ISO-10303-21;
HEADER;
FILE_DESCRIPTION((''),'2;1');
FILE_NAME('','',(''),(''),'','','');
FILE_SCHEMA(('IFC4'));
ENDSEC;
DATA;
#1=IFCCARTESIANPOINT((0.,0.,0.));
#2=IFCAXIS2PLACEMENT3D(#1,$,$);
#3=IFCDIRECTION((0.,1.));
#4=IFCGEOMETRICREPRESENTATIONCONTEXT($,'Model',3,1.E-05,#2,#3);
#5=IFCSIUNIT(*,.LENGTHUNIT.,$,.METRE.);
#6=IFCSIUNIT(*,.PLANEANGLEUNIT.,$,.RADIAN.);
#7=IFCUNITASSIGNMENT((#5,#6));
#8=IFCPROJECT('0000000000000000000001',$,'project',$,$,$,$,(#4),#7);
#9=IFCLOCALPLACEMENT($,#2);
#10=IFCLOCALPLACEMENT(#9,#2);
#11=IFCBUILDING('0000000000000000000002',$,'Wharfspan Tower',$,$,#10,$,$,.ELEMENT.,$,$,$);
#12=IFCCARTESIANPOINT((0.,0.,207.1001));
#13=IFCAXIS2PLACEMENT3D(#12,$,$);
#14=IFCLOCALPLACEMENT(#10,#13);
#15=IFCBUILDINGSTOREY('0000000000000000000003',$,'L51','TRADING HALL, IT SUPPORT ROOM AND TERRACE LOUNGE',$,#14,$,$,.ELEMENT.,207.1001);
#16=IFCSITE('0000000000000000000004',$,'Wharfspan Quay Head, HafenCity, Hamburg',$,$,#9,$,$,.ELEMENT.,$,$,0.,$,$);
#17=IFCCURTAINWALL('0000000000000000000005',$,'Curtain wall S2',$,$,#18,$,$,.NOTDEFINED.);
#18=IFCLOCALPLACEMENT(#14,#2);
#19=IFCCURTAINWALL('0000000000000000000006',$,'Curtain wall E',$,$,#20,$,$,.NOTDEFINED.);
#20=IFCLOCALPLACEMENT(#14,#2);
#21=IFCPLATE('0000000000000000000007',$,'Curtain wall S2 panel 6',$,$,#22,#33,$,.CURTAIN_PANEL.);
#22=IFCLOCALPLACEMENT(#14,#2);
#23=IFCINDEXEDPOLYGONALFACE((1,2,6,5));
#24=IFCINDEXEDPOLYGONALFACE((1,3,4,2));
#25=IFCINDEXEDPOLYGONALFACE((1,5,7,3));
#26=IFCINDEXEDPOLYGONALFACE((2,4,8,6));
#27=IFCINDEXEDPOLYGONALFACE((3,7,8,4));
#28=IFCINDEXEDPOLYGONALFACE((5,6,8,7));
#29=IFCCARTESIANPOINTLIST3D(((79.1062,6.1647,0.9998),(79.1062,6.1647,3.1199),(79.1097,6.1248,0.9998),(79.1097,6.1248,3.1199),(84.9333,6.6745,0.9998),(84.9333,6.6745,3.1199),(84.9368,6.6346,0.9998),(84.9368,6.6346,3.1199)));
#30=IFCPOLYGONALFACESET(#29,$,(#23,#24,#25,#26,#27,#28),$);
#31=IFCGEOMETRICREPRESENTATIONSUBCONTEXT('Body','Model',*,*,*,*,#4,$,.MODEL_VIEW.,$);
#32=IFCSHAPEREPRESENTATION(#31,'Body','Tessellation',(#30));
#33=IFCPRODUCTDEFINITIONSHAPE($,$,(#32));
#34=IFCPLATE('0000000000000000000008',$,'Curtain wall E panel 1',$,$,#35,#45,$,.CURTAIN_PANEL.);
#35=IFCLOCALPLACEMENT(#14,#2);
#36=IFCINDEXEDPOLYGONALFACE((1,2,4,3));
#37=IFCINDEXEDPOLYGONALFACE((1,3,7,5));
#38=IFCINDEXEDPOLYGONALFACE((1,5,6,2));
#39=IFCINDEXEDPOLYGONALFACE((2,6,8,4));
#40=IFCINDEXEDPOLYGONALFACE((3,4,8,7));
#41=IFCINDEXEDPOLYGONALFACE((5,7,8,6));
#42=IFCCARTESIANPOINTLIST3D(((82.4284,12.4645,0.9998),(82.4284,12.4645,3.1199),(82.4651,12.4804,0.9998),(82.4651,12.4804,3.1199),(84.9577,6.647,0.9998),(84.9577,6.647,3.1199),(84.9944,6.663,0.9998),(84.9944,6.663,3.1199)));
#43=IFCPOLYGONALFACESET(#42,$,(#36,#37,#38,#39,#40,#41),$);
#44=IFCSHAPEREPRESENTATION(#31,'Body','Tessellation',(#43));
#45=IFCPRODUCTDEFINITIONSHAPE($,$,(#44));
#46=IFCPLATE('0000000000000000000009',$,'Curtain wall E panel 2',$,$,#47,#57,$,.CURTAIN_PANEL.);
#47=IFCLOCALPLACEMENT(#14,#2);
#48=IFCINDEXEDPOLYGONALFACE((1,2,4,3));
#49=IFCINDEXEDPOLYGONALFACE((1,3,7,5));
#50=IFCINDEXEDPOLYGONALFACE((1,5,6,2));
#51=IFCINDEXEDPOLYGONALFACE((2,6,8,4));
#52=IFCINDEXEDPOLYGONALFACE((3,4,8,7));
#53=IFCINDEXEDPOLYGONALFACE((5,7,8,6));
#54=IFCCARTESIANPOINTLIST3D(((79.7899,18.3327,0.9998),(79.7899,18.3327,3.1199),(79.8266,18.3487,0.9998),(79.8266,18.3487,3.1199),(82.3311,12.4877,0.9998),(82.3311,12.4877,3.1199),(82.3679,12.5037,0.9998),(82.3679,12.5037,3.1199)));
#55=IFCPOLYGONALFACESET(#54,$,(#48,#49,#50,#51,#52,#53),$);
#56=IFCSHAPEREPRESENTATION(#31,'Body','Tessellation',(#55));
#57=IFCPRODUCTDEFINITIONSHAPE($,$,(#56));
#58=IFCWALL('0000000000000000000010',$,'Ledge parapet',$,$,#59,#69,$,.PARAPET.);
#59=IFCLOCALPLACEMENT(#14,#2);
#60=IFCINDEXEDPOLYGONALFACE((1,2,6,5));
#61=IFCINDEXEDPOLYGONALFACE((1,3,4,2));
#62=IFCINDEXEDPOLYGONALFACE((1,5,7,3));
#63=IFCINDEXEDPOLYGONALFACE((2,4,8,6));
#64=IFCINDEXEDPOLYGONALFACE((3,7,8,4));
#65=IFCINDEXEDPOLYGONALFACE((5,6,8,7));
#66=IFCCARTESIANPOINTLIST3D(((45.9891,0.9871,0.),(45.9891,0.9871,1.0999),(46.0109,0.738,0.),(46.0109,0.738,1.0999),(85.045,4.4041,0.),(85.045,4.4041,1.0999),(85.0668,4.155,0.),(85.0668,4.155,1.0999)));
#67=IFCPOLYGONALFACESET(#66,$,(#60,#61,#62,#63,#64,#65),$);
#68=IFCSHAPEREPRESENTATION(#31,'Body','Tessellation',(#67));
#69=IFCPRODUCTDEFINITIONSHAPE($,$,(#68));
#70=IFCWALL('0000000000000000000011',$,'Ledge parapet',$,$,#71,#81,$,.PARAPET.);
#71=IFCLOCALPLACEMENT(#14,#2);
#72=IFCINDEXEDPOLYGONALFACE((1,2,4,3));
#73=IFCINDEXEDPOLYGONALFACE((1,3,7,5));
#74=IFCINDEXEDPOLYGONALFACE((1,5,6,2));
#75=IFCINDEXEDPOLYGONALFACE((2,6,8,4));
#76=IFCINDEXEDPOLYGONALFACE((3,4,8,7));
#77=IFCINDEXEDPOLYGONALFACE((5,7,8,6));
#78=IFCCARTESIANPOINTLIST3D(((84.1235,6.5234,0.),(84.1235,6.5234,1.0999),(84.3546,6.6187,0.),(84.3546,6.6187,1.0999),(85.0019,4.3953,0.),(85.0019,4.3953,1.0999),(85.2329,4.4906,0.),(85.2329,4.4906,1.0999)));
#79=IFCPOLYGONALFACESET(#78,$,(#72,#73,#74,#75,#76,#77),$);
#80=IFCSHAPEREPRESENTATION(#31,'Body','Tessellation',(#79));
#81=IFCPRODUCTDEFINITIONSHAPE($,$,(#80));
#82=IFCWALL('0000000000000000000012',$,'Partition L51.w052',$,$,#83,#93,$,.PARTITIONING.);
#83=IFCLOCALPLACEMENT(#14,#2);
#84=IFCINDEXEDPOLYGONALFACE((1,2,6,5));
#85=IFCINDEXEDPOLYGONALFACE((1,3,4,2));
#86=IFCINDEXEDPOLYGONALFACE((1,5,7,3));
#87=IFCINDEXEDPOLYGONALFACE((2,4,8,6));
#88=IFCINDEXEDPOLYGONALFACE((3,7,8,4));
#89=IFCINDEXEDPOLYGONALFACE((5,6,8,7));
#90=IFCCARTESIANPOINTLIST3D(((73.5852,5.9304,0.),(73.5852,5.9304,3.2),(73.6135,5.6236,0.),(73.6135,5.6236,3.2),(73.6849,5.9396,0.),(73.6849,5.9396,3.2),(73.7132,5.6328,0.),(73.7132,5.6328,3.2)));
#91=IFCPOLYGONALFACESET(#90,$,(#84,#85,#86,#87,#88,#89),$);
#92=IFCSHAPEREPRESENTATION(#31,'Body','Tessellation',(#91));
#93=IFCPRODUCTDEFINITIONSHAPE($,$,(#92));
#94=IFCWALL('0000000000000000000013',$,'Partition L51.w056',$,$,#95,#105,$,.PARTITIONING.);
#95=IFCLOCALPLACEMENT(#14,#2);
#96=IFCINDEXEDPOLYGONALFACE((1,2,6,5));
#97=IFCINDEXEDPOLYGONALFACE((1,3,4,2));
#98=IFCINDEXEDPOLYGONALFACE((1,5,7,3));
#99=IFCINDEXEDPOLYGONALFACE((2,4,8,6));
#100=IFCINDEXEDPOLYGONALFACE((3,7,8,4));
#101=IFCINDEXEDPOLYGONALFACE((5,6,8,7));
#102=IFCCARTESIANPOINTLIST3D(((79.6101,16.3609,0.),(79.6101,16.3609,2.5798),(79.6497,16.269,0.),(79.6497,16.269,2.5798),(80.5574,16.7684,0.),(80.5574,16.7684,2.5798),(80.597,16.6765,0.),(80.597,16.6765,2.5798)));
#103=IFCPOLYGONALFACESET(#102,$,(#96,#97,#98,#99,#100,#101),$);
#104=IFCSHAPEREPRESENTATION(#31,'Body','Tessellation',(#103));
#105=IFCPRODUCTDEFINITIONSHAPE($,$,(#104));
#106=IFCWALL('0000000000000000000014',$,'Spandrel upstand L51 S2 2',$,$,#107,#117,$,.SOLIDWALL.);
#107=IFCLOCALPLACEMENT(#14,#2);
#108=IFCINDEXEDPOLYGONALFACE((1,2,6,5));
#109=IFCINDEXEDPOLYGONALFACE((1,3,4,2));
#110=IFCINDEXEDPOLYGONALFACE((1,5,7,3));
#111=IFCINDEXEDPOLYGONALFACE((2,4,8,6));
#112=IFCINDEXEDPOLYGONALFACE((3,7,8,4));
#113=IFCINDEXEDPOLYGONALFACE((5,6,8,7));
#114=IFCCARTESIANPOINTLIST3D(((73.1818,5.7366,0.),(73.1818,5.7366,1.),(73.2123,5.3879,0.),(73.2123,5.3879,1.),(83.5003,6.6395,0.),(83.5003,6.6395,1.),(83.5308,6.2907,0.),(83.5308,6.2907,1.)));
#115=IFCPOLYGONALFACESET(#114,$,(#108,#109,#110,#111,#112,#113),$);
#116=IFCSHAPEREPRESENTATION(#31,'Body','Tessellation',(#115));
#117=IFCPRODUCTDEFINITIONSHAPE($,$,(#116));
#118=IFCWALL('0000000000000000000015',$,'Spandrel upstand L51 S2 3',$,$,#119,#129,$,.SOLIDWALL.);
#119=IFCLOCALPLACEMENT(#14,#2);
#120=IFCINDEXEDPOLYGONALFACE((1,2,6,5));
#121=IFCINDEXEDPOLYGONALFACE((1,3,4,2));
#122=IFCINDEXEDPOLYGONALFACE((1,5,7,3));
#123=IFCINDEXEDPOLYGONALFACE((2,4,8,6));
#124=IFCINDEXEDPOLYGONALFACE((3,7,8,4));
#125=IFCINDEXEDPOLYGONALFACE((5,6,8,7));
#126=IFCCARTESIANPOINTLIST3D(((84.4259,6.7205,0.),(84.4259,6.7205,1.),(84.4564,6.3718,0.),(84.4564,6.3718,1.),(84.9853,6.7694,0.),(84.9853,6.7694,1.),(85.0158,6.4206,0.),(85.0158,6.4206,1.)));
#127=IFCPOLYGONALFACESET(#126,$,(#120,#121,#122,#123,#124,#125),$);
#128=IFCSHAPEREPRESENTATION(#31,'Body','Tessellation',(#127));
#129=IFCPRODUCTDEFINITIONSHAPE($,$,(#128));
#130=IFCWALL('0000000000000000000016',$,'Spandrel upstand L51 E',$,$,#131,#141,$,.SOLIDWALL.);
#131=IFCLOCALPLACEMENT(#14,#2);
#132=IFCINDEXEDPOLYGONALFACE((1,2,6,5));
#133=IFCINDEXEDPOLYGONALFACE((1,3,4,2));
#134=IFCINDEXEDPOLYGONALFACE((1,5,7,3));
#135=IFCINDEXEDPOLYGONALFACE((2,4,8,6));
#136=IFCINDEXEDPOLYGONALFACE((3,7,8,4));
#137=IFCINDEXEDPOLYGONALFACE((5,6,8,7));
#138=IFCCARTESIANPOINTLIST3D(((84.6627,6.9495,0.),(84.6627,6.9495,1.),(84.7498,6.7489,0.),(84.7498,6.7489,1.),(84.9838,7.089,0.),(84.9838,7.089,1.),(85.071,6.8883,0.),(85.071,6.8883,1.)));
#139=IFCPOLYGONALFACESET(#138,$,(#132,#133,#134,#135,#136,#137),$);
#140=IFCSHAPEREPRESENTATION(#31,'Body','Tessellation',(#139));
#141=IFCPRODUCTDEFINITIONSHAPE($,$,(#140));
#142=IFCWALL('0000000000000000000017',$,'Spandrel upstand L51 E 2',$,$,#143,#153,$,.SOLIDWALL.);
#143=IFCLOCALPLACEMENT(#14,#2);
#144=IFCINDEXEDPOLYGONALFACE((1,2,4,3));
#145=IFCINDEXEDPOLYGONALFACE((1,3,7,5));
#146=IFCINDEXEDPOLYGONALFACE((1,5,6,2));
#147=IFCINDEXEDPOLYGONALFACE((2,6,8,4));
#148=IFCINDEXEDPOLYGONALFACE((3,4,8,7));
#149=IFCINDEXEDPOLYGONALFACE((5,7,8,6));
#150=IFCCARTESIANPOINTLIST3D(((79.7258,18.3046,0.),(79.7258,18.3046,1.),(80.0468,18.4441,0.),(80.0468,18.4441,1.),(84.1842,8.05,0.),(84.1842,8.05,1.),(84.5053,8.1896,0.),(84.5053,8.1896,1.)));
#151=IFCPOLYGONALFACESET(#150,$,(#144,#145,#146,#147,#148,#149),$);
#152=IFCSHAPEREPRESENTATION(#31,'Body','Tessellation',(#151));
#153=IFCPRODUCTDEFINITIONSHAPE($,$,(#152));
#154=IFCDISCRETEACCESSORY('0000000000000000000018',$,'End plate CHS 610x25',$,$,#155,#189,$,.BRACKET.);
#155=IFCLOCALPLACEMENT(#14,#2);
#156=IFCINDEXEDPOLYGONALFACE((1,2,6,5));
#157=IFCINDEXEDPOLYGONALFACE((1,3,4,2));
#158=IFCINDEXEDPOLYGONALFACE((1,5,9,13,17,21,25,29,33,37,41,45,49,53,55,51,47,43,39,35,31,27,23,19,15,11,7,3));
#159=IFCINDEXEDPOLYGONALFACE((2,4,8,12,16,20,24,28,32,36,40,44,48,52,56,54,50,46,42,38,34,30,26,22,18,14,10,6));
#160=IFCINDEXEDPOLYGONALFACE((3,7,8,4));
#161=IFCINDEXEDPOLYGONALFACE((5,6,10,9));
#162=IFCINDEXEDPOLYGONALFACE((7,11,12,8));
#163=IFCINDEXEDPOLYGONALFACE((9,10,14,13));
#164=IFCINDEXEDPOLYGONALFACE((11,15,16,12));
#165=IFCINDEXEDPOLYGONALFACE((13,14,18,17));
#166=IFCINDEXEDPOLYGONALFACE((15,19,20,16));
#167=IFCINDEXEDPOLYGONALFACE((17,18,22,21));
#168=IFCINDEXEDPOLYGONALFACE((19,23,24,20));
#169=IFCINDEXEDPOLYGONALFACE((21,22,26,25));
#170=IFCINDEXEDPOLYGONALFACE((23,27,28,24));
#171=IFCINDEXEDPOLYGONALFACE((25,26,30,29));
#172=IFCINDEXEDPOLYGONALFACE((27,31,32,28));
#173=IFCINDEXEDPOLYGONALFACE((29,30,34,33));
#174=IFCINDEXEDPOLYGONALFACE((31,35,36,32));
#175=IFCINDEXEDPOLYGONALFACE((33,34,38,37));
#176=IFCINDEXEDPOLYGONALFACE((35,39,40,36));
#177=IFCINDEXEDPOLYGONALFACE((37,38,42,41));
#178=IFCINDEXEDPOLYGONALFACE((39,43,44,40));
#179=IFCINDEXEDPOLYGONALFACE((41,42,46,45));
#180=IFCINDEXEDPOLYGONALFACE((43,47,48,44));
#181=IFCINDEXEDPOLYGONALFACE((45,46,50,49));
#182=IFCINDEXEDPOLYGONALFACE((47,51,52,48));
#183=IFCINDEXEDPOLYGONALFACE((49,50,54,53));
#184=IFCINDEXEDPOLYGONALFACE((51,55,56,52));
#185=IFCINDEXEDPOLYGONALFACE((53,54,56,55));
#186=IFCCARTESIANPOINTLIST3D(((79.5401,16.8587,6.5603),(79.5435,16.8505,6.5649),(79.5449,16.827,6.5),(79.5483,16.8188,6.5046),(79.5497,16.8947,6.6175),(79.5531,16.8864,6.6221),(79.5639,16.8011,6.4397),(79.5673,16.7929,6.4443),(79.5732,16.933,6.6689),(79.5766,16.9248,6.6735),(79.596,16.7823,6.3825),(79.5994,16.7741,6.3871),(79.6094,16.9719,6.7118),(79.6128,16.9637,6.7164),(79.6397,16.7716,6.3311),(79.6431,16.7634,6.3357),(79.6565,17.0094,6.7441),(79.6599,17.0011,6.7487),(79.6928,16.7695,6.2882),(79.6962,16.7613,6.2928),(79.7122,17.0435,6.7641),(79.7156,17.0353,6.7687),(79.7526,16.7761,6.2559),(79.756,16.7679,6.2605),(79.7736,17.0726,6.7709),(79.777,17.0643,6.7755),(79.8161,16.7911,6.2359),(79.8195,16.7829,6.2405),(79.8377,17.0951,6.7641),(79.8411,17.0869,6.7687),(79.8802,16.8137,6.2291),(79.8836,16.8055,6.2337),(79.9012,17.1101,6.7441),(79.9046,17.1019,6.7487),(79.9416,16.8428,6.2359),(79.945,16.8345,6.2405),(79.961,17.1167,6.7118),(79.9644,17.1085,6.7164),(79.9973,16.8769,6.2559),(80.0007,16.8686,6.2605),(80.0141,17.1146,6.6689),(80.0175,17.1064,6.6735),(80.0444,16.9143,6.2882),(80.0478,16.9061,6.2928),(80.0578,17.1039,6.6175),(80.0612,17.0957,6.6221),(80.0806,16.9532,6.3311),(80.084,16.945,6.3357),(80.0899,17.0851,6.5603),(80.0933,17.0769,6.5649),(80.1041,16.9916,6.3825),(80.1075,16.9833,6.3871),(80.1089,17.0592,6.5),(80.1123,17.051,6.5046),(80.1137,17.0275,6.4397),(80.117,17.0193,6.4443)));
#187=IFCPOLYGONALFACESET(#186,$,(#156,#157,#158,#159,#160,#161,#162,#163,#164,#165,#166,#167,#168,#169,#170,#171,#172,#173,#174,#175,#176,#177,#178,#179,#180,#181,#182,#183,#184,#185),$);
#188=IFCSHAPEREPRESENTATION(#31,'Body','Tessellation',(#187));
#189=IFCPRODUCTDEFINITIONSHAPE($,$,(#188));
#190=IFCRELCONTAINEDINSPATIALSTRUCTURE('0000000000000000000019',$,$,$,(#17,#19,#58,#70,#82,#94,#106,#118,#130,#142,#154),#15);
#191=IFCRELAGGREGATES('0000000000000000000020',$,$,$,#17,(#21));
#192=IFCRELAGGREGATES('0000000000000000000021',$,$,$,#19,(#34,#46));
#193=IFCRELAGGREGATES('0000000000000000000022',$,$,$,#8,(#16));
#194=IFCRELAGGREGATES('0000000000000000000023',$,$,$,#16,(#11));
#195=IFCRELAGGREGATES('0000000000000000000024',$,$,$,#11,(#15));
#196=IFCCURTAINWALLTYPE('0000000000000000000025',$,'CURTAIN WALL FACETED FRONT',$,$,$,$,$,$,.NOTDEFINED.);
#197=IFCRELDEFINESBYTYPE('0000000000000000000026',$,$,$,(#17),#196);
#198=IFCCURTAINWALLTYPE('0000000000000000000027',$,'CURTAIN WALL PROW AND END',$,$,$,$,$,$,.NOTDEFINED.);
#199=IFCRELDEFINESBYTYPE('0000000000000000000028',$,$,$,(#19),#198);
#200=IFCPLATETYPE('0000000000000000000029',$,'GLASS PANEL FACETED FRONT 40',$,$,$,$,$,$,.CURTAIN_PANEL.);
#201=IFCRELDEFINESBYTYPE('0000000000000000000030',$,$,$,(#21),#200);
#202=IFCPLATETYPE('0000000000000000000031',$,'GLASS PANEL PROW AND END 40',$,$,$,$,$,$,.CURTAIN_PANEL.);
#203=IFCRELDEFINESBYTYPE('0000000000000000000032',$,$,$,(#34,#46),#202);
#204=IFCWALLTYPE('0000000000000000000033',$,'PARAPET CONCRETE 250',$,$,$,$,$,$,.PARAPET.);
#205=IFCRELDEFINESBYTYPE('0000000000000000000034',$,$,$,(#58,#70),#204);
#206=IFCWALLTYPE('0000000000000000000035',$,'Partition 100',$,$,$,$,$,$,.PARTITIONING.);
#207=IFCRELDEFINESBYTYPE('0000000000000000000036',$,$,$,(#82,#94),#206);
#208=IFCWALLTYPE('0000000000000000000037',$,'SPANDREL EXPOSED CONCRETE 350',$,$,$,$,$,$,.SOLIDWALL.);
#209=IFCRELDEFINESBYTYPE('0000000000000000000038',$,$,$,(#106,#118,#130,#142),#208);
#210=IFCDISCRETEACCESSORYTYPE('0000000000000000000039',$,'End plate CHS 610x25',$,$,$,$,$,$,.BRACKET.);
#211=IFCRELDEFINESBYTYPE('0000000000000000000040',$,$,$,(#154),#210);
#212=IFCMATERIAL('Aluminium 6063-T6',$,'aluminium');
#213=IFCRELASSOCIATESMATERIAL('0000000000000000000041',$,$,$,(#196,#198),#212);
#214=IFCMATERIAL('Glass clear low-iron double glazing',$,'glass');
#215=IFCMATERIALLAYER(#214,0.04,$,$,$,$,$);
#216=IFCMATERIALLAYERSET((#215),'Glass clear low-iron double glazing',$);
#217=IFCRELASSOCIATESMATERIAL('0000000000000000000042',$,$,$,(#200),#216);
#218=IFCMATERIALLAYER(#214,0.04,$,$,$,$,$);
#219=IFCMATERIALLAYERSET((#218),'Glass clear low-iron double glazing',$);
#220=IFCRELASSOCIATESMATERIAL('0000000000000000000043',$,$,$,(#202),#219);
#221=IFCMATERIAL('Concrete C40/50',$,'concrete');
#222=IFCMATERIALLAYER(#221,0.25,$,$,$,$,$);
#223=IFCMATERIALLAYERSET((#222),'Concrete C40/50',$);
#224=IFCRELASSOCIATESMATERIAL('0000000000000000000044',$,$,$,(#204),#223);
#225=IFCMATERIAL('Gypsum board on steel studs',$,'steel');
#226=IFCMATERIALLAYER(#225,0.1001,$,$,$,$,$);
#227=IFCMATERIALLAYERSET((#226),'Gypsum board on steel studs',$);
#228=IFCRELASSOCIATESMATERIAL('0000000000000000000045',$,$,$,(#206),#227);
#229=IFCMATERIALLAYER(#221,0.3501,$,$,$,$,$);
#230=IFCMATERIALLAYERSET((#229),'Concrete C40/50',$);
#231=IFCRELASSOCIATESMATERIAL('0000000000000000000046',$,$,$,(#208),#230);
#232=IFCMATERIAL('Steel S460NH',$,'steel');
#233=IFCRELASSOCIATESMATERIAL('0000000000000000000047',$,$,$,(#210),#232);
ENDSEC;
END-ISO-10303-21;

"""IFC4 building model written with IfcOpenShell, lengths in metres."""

from ifc_helpers import new_model, si_unit, direction, frame, frame_2d, origin, origin_2d, place, context, subcontext, project, spatial, rectangle, circle, extrude, material, layer, layer_set, material_profile, profile_set, type_object, element, aggregate, save


model = new_model("IFC4")

# Units and contexts
model_context = context("Model", 3, precision=1e-05, world=origin(), true_north=direction((0.0, 1.0)))
body_context = subcontext(model_context, "Body", "Model", "MODEL_VIEW")
ifc_project = project(units=[si_unit("LENGTHUNIT", "METRE"), si_unit("PLANEANGLEUNIT", "RADIAN")], contexts=[model_context])

# Site, building, storey
site_placement = place(None, origin())
site = spatial("IfcSite", under=ifc_project, at=site_placement, Name="Wharfspan Quay Head, HafenCity, Hamburg", CompositionType="ELEMENT", RefElevation=0.0)
building_placement = place(site_placement, origin())
building = spatial("IfcBuilding", under=site, at=building_placement, Name="Wharfspan Tower", CompositionType="ELEMENT")
storey_placement = place(building_placement, frame((0.0, 0.0, 207.1001)))
storey = spatial("IfcBuildingStorey", under=building, at=storey_placement, Name="L51", Description="TRADING HALL, IT SUPPORT ROOM AND TERRACE LOUNGE", CompositionType="ELEMENT", Elevation=207.1001)

# Curtain walls
ifc_material_1 = material(Name="Aluminium 6063-T6", Category="aluminium")
curtain_wall_type_1 = type_object("IfcCurtainWallType", Name="CURTAIN WALL FACETED FRONT", PredefinedType="NOTDEFINED", material=ifc_material_1)
curtain_wall_1_placement = place(storey_placement, origin())
curtain_wall_1 = element("IfcCurtainWall", 1, at=curtain_wall_1_placement, inside=storey, type_object=curtain_wall_type_1, Name="Curtain wall S2", PredefinedType="NOTDEFINED")
curtain_wall_type_2 = type_object("IfcCurtainWallType", Name="CURTAIN WALL PROW AND END", PredefinedType="NOTDEFINED", material=ifc_material_1)
curtain_wall_2_placement = place(storey_placement, origin())
curtain_wall_2 = element("IfcCurtainWall", 2, at=curtain_wall_2_placement, inside=storey, type_object=curtain_wall_type_2, Name="Curtain wall E", PredefinedType="NOTDEFINED")

# Plates
ifc_material_2 = material(Name="Glass clear low-iron double glazing", Category="glass")
ifc_layer_1 = layer(ifc_material_2, 0.04)
ifc_layer_set_1 = layer_set([ifc_layer_1], Name="Glass clear low-iron double glazing")
plate_type_1 = type_object("IfcPlateType", Name="GLASS PANEL FACETED FRONT 40", PredefinedType="CURTAIN_PANEL", material=ifc_layer_set_1)
plate_1_placement = place(storey_placement, frame((82.0215, 6.3997, 0.9998), z_axis=(0.0, 0.0, 1.0), x_axis=(0.996197, 0.087156, 0.0)))
plate_1 = element("IfcPlate", 3, at=plate_1_placement, type_object=plate_type_1, Name="Curtain wall S2 panel 6", PredefinedType="CURTAIN_PANEL", context=body_context, shape_type="SweptSolid", body=[
    extrude(rectangle(XDim=5.8494, YDim=0.04, at=origin_2d()), origin(), (0.0, 0.0, 1.0), 2.1201),
])
aggregate(curtain_wall_1, [plate_1])
ifc_layer_2 = layer(ifc_material_2, 0.04)
ifc_layer_set_2 = layer_set([ifc_layer_2], Name="Glass clear low-iron double glazing")
plate_type_2 = type_object("IfcPlateType", Name="GLASS PANEL PROW AND END 40", PredefinedType="CURTAIN_PANEL", material=ifc_layer_set_2)
plate_2_placement = place(storey_placement, frame((83.7114, 9.5637, 0.9998), z_axis=(0.0, 0.0, 1.0), x_axis=(-0.398727, 0.917072, 0.0)))
plate_2 = element("IfcPlate", 4, at=plate_2_placement, type_object=plate_type_2, Name="Curtain wall E panel 1", PredefinedType="CURTAIN_PANEL", context=body_context, shape_type="SweptSolid", body=[
    extrude(rectangle(XDim=6.3435, YDim=0.04, at=origin_2d()), origin(), (0.0, 0.0, 1.0), 2.1201),
])
plate_3_placement = place(storey_placement, frame((81.0789, 15.4182, 0.9998), z_axis=(0.0, 0.0, 1.0), x_axis=(-0.398727, 0.917072, 0.0)))
plate_3 = element("IfcPlate", 5, at=plate_3_placement, type_object=plate_type_2, Name="Curtain wall E panel 2", PredefinedType="CURTAIN_PANEL", context=body_context, shape_type="SweptSolid", body=[
    extrude(rectangle(XDim=6.3735, YDim=0.04, at=origin_2d()), origin(), (0.0, 0.0, 1.0), 2.1201),
])
aggregate(curtain_wall_2, [plate_2, plate_3])

# Walls
ifc_material_3 = material(Name="Concrete C40/50", Category="concrete")
ifc_layer_3 = layer(ifc_material_3, 0.25)
ifc_layer_set_3 = layer_set([ifc_layer_3], Name="Concrete C40/50")
wall_type_1 = type_object("IfcWallType", Name="PARAPET CONCRETE 250", PredefinedType="PARAPET", material=ifc_layer_set_3)
wall_1_placement = place(storey_placement, frame((85.0559, 4.2795, 0.0), z_axis=(0.0, 0.0, 1.0), x_axis=(-0.996197, -0.087157, 0.0)))
element("IfcWall", 6, at=wall_1_placement, inside=storey, type_object=wall_type_1, Name="Ledge parapet", PredefinedType="PARAPET", context=body_context, shape_type="SweptSolid", body=[
    extrude(rectangle(XDim=39.2051, YDim=0.25, at=frame_2d((19.6025, 0.0))), origin(), (0.0, 0.0, 1.0), 1.0999),
])
wall_2_placement = place(storey_placement, frame((84.239, 6.571, 0.0), z_axis=(0.0, 0.0, 1.0), x_axis=(0.381532, -0.924351, 0.0)))
element("IfcWall", 7, at=wall_2_placement, inside=storey, type_object=wall_type_1, Name="Ledge parapet", PredefinedType="PARAPET", context=body_context, shape_type="SweptSolid", body=[
    extrude(rectangle(XDim=2.3022, YDim=0.25, at=frame_2d((1.1511, 0.0))), origin(), (0.0, 0.0, 1.0), 1.0999),
])
ifc_material_4 = material(Name="Gypsum board on steel studs", Category="steel")
ifc_layer_4 = layer(ifc_material_4, 0.1001)
ifc_layer_set_4 = layer_set([ifc_layer_4], Name="Gypsum board on steel studs")
wall_type_2 = type_object("IfcWallType", Name="Partition 100", PredefinedType="PARTITIONING", material=ifc_layer_set_4)
wall_3_placement = place(storey_placement, frame((73.6633, 5.6282, 0.0), z_axis=(0.0, 0.0, 1.0), x_axis=(-0.091893, 0.995772, 0.0)))
element("IfcWall", 8, at=wall_3_placement, inside=storey, type_object=wall_type_2, Name="Partition L51.w052", PredefinedType="PARTITIONING", context=body_context, shape_type="SweptSolid", body=[
    extrude(rectangle(XDim=0.3081, YDim=0.1001, at=frame_2d((0.1541, 0.0))), origin(), (0.0, 0.0, 1.0), 3.2),
])
wall_4_placement = place(storey_placement, frame((79.6299, 16.3149, 0.0), z_axis=(0.0, 0.0, 1.0), x_axis=(0.918616, 0.395147, 0.0)))
element("IfcWall", 9, at=wall_4_placement, inside=storey, type_object=wall_type_2, Name="Partition L51.w056", PredefinedType="PARTITIONING", context=body_context, shape_type="SweptSolid", body=[
    extrude(rectangle(XDim=1.0312, YDim=0.1001, at=frame_2d((0.5156, 0.0))), origin(), (0.0, 0.0, 1.0), 2.5798),
])
ifc_layer_5 = layer(ifc_material_3, 0.3501)
ifc_layer_set_5 = layer_set([ifc_layer_5], Name="Concrete C40/50")
wall_type_3 = type_object("IfcWallType", Name="SPANDREL EXPOSED CONCRETE 350", PredefinedType="SOLIDWALL", material=ifc_layer_set_5)
wall_5_placement = place(storey_placement, frame((73.197, 5.5623, 0.0), z_axis=(0.0, 0.0, 1.0), x_axis=(0.996198, 0.087163, 0.0)))
element("IfcWall", 10, at=wall_5_placement, inside=storey, type_object=wall_type_3, Name="Spandrel upstand L51 S2 2", PredefinedType="SOLIDWALL", context=body_context, shape_type="SweptSolid", body=[
    extrude(rectangle(XDim=10.3579, YDim=0.3501, at=frame_2d((5.179, 0.0))), origin(), (0.0, 0.0, 1.0), 1.0),
])
wall_6_placement = place(storey_placement, frame((84.4412, 6.5461, 0.0), z_axis=(0.0, 0.0, 1.0), x_axis=(0.996207, 0.086967, 0.0)))
element("IfcWall", 11, at=wall_6_placement, inside=storey, type_object=wall_type_3, Name="Spandrel upstand L51 S2 3", PredefinedType="SOLIDWALL", context=body_context, shape_type="SweptSolid", body=[
    extrude(rectangle(XDim=0.5615, YDim=0.3501, at=frame_2d((0.2808, 0.0))), origin(), (0.0, 0.0, 1.0), 1.0),
])
wall_7_placement = place(storey_placement, frame((84.9104, 6.8186, 0.0), z_axis=(0.0, 0.0, 1.0), x_axis=(-0.398359, 0.91723, 0.0)))
element("IfcWall", 12, at=wall_7_placement, inside=storey, type_object=wall_type_3, Name="Spandrel upstand L51 E", PredefinedType="SOLIDWALL", context=body_context, shape_type="SweptSolid", body=[
    extrude(rectangle(XDim=0.2188, YDim=0.3501, at=frame_2d((0.1094, 0.0))), origin(), (0.0, 0.0, 1.0), 1.0),
])
wall_8_placement = place(storey_placement, frame((84.3447, 8.1199, 0.0), z_axis=(0.0, 0.0, 1.0), x_axis=(-0.398721, 0.917067, 0.0)))
element("IfcWall", 13, at=wall_8_placement, inside=storey, type_object=wall_type_3, Name="Spandrel upstand L51 E 2", PredefinedType="SOLIDWALL", context=body_context, shape_type="SweptSolid", body=[
    extrude(rectangle(XDim=11.1819, YDim=0.3501, at=frame_2d((5.5908, 0.0))), origin(), (0.0, 0.0, 1.0), 1.0),
])

# Discrete accessory
ifc_material_5 = material(Name="Steel S460NH", Category="steel")
ifc_material_profile_1 = material_profile(ifc_material_5, circle(Radius=0.3049, at=origin_2d()))
ifc_profile_set_1 = profile_set([ifc_material_profile_1], Name="Steel S460NH")
discrete_accessory_type = type_object("IfcDiscreteAccessoryType", Name="End plate CHS 610x25", PredefinedType="BRACKET", material=ifc_profile_set_1)
discrete_accessory_placement = place(storey_placement, frame((79.8269, 16.9431, 6.5), z_axis=(0.338259, -0.821486, 0.459066), x_axis=(0.924676, 0.380749, 0.0)))
element("IfcDiscreteAccessory", 14, at=discrete_accessory_placement, inside=storey, type_object=discrete_accessory_type, Name="End plate CHS 610x25", PredefinedType="BRACKET", context=body_context, shape_type="SweptSolid", body=[
    extrude(circle(Radius=0.3049, at=origin_2d()), origin(), (0.0, 0.0, 1.0), 0.01),
])

save(model, "model.ifc")
